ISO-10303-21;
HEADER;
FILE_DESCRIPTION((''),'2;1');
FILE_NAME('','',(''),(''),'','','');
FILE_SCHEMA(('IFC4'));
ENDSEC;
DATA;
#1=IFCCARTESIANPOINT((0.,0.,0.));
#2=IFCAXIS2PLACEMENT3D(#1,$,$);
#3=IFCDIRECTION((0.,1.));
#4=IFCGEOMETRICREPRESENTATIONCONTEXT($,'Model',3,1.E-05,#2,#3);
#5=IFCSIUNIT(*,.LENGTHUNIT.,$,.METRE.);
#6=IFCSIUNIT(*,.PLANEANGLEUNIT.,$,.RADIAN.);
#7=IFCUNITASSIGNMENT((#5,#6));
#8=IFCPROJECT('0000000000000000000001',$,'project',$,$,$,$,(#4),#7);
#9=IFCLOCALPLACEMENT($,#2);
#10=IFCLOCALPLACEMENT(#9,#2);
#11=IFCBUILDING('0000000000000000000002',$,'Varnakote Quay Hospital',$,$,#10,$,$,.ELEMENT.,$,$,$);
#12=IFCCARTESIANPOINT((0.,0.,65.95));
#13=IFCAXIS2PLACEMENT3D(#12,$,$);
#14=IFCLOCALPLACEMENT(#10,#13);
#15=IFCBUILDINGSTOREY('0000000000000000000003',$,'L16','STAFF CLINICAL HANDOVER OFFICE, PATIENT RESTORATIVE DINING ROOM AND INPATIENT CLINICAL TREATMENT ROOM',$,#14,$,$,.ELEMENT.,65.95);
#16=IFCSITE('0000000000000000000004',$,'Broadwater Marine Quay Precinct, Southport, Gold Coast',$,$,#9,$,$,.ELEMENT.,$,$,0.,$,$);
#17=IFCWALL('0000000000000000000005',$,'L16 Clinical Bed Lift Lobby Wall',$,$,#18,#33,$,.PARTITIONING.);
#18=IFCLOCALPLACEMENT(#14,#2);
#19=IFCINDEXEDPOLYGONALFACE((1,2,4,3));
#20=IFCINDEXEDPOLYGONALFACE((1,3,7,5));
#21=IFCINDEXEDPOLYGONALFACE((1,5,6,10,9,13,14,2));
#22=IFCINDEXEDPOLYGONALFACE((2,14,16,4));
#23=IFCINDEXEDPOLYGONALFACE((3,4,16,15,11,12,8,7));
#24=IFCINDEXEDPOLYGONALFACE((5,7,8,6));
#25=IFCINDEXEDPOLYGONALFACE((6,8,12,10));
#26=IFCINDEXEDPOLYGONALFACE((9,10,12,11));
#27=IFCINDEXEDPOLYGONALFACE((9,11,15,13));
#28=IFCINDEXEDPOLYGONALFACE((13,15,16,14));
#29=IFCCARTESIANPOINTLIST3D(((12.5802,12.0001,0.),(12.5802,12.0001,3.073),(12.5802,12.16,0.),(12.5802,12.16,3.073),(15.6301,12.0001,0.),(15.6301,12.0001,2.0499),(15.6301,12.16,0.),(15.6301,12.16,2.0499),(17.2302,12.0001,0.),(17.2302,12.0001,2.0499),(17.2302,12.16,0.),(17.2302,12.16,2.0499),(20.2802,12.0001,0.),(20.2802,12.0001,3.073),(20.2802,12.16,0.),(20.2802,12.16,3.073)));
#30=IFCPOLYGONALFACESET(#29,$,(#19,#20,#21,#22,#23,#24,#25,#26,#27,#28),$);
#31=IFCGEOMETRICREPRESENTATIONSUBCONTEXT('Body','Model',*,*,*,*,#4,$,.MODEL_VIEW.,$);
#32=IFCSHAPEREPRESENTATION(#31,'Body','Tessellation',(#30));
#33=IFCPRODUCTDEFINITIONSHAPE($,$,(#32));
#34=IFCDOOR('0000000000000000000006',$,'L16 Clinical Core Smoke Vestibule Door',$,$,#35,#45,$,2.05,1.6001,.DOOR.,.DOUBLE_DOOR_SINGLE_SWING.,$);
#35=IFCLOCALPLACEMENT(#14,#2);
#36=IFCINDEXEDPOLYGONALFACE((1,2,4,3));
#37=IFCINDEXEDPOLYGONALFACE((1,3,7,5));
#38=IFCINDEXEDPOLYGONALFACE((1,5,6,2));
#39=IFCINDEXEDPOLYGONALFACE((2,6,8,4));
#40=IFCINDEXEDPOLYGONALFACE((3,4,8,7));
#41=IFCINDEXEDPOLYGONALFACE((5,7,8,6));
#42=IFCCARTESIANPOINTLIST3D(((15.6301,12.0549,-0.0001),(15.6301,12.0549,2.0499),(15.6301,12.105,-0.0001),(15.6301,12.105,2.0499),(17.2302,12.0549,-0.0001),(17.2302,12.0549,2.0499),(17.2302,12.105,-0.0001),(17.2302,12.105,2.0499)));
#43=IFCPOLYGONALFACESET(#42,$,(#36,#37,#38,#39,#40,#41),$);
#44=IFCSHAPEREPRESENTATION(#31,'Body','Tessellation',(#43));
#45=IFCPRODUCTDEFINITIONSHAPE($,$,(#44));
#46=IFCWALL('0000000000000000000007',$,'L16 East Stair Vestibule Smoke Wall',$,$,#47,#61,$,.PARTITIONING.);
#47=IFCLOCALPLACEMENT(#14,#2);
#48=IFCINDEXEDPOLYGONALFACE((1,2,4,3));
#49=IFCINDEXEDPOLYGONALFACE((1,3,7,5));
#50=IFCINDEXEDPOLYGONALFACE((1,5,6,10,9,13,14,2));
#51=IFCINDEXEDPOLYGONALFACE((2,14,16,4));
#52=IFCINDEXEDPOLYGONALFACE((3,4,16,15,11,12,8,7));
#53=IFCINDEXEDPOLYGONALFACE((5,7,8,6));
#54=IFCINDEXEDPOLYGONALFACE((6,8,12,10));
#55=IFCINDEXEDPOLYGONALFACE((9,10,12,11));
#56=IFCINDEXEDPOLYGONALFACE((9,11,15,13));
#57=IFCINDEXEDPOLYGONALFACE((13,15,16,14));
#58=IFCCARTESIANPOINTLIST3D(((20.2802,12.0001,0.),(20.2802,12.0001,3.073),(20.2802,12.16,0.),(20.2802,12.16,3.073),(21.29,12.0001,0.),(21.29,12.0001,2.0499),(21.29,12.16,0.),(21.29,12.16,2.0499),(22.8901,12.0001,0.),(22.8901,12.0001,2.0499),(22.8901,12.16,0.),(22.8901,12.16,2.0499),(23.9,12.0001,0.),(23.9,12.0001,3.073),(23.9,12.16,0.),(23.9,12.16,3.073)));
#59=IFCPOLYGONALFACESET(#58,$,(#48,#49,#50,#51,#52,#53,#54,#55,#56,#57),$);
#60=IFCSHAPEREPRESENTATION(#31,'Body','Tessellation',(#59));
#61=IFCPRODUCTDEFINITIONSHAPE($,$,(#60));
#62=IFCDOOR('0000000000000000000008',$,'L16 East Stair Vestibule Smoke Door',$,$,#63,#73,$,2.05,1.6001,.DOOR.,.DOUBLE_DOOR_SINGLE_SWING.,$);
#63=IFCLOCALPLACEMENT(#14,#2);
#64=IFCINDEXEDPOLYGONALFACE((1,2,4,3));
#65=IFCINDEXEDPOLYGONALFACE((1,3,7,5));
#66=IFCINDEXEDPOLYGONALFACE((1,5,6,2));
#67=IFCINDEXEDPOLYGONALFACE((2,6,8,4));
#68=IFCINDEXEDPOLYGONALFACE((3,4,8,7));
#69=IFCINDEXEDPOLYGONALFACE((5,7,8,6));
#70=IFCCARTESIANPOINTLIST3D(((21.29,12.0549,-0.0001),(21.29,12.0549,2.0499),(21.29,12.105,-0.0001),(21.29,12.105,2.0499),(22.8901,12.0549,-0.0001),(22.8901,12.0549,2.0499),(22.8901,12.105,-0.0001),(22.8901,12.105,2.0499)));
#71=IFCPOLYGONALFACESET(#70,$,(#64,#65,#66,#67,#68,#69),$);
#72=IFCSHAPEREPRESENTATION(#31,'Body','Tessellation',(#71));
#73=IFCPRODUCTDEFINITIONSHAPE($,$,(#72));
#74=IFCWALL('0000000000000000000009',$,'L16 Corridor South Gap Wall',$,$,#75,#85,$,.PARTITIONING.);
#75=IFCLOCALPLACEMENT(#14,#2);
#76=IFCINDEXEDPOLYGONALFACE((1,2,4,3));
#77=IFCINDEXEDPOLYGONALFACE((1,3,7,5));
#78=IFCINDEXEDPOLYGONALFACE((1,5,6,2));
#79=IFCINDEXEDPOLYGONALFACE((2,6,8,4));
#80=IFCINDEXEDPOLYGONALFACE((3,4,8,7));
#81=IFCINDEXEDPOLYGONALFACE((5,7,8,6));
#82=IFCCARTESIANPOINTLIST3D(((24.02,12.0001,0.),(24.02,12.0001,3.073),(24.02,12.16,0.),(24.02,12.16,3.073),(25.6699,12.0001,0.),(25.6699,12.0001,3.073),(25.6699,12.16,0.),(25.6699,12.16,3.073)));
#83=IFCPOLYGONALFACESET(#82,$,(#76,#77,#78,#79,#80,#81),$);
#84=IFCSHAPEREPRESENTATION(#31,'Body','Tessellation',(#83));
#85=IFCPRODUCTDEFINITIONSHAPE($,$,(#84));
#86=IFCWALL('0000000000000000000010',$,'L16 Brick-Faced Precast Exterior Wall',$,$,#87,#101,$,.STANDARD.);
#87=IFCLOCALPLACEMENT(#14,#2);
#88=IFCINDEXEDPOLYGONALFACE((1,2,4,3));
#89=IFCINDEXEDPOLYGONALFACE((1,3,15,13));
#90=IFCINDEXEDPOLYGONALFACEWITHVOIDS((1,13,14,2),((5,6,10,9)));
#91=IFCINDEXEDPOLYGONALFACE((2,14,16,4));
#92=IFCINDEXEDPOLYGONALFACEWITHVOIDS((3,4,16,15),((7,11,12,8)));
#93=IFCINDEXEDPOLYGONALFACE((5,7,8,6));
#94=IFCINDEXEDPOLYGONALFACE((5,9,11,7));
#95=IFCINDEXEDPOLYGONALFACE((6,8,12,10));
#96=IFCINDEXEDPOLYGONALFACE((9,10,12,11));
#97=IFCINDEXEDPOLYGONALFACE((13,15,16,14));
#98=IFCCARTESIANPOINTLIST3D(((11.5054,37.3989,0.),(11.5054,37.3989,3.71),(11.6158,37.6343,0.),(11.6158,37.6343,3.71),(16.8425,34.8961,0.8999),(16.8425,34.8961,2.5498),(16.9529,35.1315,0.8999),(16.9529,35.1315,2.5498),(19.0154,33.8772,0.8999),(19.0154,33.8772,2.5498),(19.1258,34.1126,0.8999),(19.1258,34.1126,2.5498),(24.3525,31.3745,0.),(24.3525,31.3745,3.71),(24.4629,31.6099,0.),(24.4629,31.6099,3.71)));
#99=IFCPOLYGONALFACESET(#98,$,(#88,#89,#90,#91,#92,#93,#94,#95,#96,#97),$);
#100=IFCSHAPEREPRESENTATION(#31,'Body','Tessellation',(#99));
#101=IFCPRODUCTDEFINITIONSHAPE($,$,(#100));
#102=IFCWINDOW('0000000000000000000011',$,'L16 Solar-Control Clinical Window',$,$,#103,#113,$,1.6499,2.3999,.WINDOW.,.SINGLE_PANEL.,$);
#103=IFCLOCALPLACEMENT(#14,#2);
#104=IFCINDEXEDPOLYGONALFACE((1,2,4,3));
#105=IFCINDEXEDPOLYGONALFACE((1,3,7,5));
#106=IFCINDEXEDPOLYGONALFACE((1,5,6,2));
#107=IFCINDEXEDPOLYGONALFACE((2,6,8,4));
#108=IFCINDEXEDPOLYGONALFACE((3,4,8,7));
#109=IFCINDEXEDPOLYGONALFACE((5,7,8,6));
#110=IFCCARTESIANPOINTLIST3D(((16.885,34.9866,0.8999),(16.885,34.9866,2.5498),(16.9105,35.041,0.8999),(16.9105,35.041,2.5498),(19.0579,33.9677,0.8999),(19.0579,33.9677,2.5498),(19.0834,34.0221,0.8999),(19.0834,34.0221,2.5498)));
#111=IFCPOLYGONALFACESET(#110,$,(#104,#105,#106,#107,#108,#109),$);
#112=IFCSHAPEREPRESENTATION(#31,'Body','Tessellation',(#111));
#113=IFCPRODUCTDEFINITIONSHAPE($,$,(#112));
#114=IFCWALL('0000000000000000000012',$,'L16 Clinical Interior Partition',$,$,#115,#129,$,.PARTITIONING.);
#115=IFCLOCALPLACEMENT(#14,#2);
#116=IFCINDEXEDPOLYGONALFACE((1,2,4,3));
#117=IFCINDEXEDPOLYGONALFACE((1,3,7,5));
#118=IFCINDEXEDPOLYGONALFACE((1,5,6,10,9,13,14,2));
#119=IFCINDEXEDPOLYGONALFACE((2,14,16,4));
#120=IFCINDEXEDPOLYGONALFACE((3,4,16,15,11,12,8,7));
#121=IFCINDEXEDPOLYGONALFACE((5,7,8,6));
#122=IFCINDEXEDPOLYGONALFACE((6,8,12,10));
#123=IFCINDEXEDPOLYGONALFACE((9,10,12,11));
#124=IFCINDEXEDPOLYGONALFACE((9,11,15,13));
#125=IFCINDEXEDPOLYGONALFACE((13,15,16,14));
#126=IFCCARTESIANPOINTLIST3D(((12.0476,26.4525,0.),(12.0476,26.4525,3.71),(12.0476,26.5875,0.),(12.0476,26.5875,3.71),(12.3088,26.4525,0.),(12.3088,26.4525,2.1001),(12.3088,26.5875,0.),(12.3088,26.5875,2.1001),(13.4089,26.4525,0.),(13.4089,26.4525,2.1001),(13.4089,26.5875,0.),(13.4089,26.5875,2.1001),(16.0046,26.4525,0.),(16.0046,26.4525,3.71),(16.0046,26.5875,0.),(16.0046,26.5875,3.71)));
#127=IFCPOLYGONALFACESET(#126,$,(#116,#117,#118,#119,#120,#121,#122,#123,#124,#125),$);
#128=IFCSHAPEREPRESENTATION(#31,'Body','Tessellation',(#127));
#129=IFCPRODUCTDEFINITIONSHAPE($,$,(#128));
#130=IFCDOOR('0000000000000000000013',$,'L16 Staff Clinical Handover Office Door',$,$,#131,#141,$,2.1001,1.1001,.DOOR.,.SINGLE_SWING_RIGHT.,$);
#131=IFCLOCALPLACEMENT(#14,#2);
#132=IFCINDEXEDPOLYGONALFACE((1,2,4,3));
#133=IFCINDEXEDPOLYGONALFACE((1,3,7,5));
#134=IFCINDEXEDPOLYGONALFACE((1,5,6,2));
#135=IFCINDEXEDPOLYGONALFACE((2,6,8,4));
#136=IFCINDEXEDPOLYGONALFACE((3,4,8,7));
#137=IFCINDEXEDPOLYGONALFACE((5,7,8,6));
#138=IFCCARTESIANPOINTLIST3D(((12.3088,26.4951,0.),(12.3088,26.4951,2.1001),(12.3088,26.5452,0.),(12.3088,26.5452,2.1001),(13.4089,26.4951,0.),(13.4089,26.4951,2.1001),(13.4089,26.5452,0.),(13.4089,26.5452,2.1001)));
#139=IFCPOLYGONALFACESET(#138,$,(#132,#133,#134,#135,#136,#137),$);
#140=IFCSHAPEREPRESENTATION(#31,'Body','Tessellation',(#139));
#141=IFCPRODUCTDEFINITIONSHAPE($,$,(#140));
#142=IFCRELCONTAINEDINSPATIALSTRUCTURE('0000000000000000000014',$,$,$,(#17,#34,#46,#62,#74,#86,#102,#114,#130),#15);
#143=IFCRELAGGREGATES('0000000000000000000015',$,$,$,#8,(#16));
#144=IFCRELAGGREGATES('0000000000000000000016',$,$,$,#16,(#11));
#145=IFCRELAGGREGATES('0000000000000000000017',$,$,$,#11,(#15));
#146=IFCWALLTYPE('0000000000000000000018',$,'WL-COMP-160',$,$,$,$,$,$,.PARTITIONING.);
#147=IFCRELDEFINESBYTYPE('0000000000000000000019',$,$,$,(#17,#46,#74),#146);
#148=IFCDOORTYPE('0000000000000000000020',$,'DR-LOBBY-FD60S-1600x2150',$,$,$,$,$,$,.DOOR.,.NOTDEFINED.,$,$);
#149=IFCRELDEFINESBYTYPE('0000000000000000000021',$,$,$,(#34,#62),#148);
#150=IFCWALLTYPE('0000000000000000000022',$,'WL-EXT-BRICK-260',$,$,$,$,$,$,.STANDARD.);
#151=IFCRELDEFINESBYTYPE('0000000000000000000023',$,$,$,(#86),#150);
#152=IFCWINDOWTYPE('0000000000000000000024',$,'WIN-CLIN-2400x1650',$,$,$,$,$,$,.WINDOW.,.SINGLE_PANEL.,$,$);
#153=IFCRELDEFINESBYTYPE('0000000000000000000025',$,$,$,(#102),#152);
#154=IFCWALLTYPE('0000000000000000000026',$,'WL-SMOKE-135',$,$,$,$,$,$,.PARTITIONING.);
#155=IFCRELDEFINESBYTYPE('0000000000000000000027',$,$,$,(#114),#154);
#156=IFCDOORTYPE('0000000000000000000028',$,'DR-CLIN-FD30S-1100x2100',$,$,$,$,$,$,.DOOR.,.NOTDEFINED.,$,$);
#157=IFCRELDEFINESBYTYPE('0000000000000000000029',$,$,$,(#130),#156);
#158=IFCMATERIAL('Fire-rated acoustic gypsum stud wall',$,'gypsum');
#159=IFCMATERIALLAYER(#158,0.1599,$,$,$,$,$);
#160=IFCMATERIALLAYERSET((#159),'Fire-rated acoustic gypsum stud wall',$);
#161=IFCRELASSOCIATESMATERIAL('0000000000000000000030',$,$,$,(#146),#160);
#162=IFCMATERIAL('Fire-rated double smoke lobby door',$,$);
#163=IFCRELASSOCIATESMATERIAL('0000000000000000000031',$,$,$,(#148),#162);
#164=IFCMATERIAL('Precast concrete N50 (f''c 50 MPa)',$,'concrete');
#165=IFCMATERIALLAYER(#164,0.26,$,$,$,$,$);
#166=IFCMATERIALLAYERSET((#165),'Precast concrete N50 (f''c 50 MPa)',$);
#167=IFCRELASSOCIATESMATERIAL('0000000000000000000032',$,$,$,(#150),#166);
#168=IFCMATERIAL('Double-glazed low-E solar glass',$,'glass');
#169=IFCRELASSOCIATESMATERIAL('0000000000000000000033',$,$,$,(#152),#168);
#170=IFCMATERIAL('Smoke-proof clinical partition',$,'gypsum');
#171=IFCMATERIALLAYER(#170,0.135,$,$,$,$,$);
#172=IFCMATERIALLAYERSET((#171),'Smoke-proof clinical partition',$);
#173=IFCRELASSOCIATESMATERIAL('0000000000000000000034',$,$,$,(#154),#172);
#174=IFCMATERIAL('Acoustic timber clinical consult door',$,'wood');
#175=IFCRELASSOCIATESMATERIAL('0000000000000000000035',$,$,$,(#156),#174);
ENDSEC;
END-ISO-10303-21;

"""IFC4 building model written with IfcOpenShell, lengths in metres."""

from ifc_helpers import new_model, si_unit, direction, frame, frame_2d, origin, place, context, subcontext, project, spatial, rectangle, extrude, material, layer, layer_set, type_object, element, fill, save


model = new_model("IFC4")

# Units and contexts
model_context = context("Model", 3, precision=1e-05, world=origin(), true_north=direction((0.0, 1.0)))
body_context = subcontext(model_context, "Body", "Model", "MODEL_VIEW")
ifc_project = project(units=[si_unit("LENGTHUNIT", "METRE"), si_unit("PLANEANGLEUNIT", "RADIAN")], contexts=[model_context])

# Site, building, storey
site_placement = place(None, origin())
site = spatial("IfcSite", under=ifc_project, at=site_placement, Name="Broadwater Marine Quay Precinct, Southport, Gold Coast", CompositionType="ELEMENT", RefElevation=0.0)
building_placement = place(site_placement, origin())
building = spatial("IfcBuilding", under=site, at=building_placement, Name="Varnakote Quay Hospital", CompositionType="ELEMENT")
storey_placement = place(building_placement, frame((0.0, 0.0, 65.95)))
storey = spatial("IfcBuildingStorey", under=building, at=storey_placement, Name="L16", Description="STAFF CLINICAL HANDOVER OFFICE, PATIENT RESTORATIVE DINING ROOM AND INPATIENT CLINICAL TREATMENT ROOM", CompositionType="ELEMENT", Elevation=65.95)

# Walls, openings, doors
ifc_material_1 = material(Name="Fire-rated acoustic gypsum stud wall", Category="gypsum")
ifc_layer_1 = layer(ifc_material_1, 0.1599)
ifc_layer_set_1 = layer_set([ifc_layer_1], Name="Fire-rated acoustic gypsum stud wall")
wall_type_1 = type_object("IfcWallType", Name="WL-COMP-160", PredefinedType="PARTITIONING", material=ifc_layer_set_1)
wall_1_placement = place(storey_placement, frame((12.5801, 12.0801, 0.0), z_axis=(0.0, 0.0, 1.0), x_axis=(1.0, 0.0, 0.0)))
wall_1 = element("IfcWall", 1, at=wall_1_placement, inside=storey, type_object=wall_type_1, Name="L16 Clinical Bed Lift Lobby Wall", PredefinedType="PARTITIONING", context=body_context, shape_type="SweptSolid", body=[
    extrude(rectangle(XDim=7.7, YDim=0.1599, at=frame_2d((3.8501, 0.0))), origin(), (0.0, 0.0, 1.0), 3.073),
])
opening_1_placement = place(wall_1_placement, frame((3.05, 0.0, 0.0)))
opening_1 = element("IfcOpeningElement", 2, at=opening_1_placement, cuts=wall_1, PredefinedType="OPENING", context=body_context, shape_type="SweptSolid", body=[
    extrude(rectangle(XDim=1.6001, YDim=2.05, at=frame_2d((0.8, 1.0249))), frame((0.0, 0.0898, 0.0), z_axis=(0.0, -1.0, 0.0), x_axis=(1.0, 0.0, 0.0)), (0.0, 0.0, 1.0), 0.1799),
])
ifc_material_2 = material(Name="Fire-rated double smoke lobby door")
door_type_1 = type_object("IfcDoorType", Name="DR-LOBBY-FD60S-1600x2150", OperationType="NOTDEFINED", PredefinedType="DOOR", material=ifc_material_2)
door_1_placement = place(opening_1_placement, origin())
door_1 = element("IfcDoor", 3, at=door_1_placement, inside=storey, type_object=door_type_1, Name="L16 Clinical Core Smoke Vestibule Door", OperationType="DOUBLE_DOOR_SINGLE_SWING", OverallHeight=2.05, OverallWidth=1.6001, PredefinedType="DOOR", context=body_context, shape_type="SweptSolid", body=[
    extrude(rectangle(XDim=1.6001, YDim=2.05, at=frame_2d((0.8, 1.0249))), frame((0.0, 0.0249, 0.0), z_axis=(0.0, -1.0, 0.0), x_axis=(1.0, 0.0, 0.0)), (0.0, 0.0, 1.0), 0.05),
])
fill(opening_1, door_1)
wall_2_placement = place(storey_placement, frame((20.28, 12.0801, 0.0), z_axis=(0.0, 0.0, 1.0), x_axis=(1.0, 0.0, 0.0)))
wall_2 = element("IfcWall", 4, at=wall_2_placement, inside=storey, type_object=wall_type_1, Name="L16 East Stair Vestibule Smoke Wall", PredefinedType="PARTITIONING", context=body_context, shape_type="SweptSolid", body=[
    extrude(rectangle(XDim=3.6199, YDim=0.1599, at=frame_2d((1.8101, 0.0))), origin(), (0.0, 0.0, 1.0), 3.073),
])
opening_2_placement = place(wall_2_placement, frame((1.01, 0.0, 0.0)))
opening_2 = element("IfcOpeningElement", 5, at=opening_2_placement, cuts=wall_2, PredefinedType="OPENING", context=body_context, shape_type="SweptSolid", body=[
    extrude(rectangle(XDim=1.6001, YDim=2.05, at=frame_2d((0.8, 1.0249))), frame((0.0, 0.0898, 0.0), z_axis=(0.0, -1.0, 0.0), x_axis=(1.0, 0.0, 0.0)), (0.0, 0.0, 1.0), 0.1799),
])
door_2_placement = place(opening_2_placement, origin())
door_2 = element("IfcDoor", 6, at=door_2_placement, inside=storey, type_object=door_type_1, Name="L16 East Stair Vestibule Smoke Door", OperationType="DOUBLE_DOOR_SINGLE_SWING", OverallHeight=2.05, OverallWidth=1.6001, PredefinedType="DOOR", context=body_context, shape_type="SweptSolid", body=[
    extrude(rectangle(XDim=1.6001, YDim=2.05, at=frame_2d((0.8, 1.0249))), frame((0.0, 0.0249, 0.0), z_axis=(0.0, -1.0, 0.0), x_axis=(1.0, 0.0, 0.0)), (0.0, 0.0, 1.0), 0.05),
])
fill(opening_2, door_2)

# Wall
wall_3_placement = place(storey_placement, frame((24.02, 12.0801, 0.0), z_axis=(0.0, 0.0, 1.0), x_axis=(1.0, 0.0, 0.0)))
element("IfcWall", 7, at=wall_3_placement, inside=storey, type_object=wall_type_1, Name="L16 Corridor South Gap Wall", PredefinedType="PARTITIONING", context=body_context, shape_type="SweptSolid", body=[
    extrude(rectangle(XDim=1.6499, YDim=0.1599, at=frame_2d((0.825, 0.0))), origin(), (0.0, 0.0, 1.0), 3.073),
])

# Wall, opening, window
ifc_material_3 = material(Name="Precast concrete N50 (f'c 50 MPa)", Category="concrete")
ifc_layer_2 = layer(ifc_material_3, 0.26)
ifc_layer_set_2 = layer_set([ifc_layer_2], Name="Precast concrete N50 (f'c 50 MPa)")
wall_type_2 = type_object("IfcWallType", Name="WL-EXT-BRICK-260", PredefinedType="STANDARD", material=ifc_layer_set_2)
wall_4_placement = place(storey_placement, frame((24.4077, 31.4922, 0.0), z_axis=(0.0, 0.0, 1.0), x_axis=(-0.905397, 0.424567, 0.0)))
wall_4 = element("IfcWall", 8, at=wall_4_placement, inside=storey, type_object=wall_type_2, Name="L16 Brick-Faced Precast Exterior Wall", PredefinedType="STANDARD", context=body_context, shape_type="SweptSolid", body=[
    extrude(rectangle(XDim=14.1895, YDim=0.26, at=frame_2d((7.0947, 0.0))), origin(), (0.0, 0.0, 1.0), 3.71),
])
opening_3_placement = place(wall_4_placement, frame((5.8948, 0.0, 0.8999)))
opening_3 = element("IfcOpeningElement", 9, at=opening_3_placement, cuts=wall_4, PredefinedType="OPENING", context=body_context, shape_type="SweptSolid", body=[
    extrude(rectangle(XDim=2.3999, YDim=1.6499, at=frame_2d((1.2, 0.825))), frame((0.0, 0.1399, 0.0), z_axis=(0.0, -1.0, 0.0), x_axis=(1.0, 0.0, 0.0)), (0.0, 0.0, 1.0), 0.28),
])
ifc_material_4 = material(Name="Double-glazed low-E solar glass", Category="glass")
window_type = type_object("IfcWindowType", Name="WIN-CLIN-2400x1650", PartitioningType="SINGLE_PANEL", PredefinedType="WINDOW", material=ifc_material_4)
window_placement = place(opening_3_placement, origin())
window = element("IfcWindow", 10, at=window_placement, inside=storey, type_object=window_type, Name="L16 Solar-Control Clinical Window", OverallHeight=1.6499, OverallWidth=2.3999, PartitioningType="SINGLE_PANEL", PredefinedType="WINDOW", context=body_context, shape_type="SweptSolid", body=[
    extrude(rectangle(XDim=2.3999, YDim=1.6499, at=frame_2d((1.2, 0.825))), frame((0.0, 0.03, 0.0), z_axis=(0.0, -1.0, 0.0), x_axis=(1.0, 0.0, 0.0)), (0.0, 0.0, 1.0), 0.0601),
])
fill(opening_3, window)

# Wall, opening, door
ifc_material_5 = material(Name="Smoke-proof clinical partition", Category="gypsum")
ifc_layer_3 = layer(ifc_material_5, 0.135)
ifc_layer_set_3 = layer_set([ifc_layer_3], Name="Smoke-proof clinical partition")
wall_type_3 = type_object("IfcWallType", Name="WL-SMOKE-135", PredefinedType="PARTITIONING", material=ifc_layer_set_3)
wall_5_placement = place(storey_placement, frame((16.0046, 26.52, 0.0), z_axis=(0.0, 0.0, 1.0), x_axis=(-1.0, 0.0, 0.0)))
wall_5 = element("IfcWall", 11, at=wall_5_placement, inside=storey, type_object=wall_type_3, Name="L16 Clinical Interior Partition", PredefinedType="PARTITIONING", context=body_context, shape_type="SweptSolid", body=[
    extrude(rectangle(XDim=3.957, YDim=0.135, at=frame_2d((1.9785, 0.0))), origin(), (0.0, 0.0, 1.0), 3.71),
])
opening_4_placement = place(wall_5_placement, frame((2.5957, 0.0, 0.0)))
opening_4 = element("IfcOpeningElement", 12, at=opening_4_placement, cuts=wall_5, PredefinedType="OPENING", context=body_context, shape_type="SweptSolid", body=[
    extrude(rectangle(XDim=1.1001, YDim=2.1001, at=frame_2d((0.55, 1.05))), frame((0.0, 0.0774, 0.0), z_axis=(0.0, -1.0, 0.0), x_axis=(1.0, 0.0, 0.0)), (0.0, 0.0, 1.0), 0.155),
])
ifc_material_6 = material(Name="Acoustic timber clinical consult door", Category="wood")
door_type_2 = type_object("IfcDoorType", Name="DR-CLIN-FD30S-1100x2100", OperationType="NOTDEFINED", PredefinedType="DOOR", material=ifc_material_6)
door_3_placement = place(opening_4_placement, origin())
door_3 = element("IfcDoor", 13, at=door_3_placement, inside=storey, type_object=door_type_2, Name="L16 Staff Clinical Handover Office Door", OperationType="SINGLE_SWING_RIGHT", OverallHeight=2.1001, OverallWidth=1.1001, PredefinedType="DOOR", context=body_context, shape_type="SweptSolid", body=[
    extrude(rectangle(XDim=1.1001, YDim=2.1001, at=frame_2d((0.55, 1.05))), frame((0.0, 0.0249, 0.0), z_axis=(0.0, -1.0, 0.0), x_axis=(1.0, 0.0, 0.0)), (0.0, 0.0, 1.0), 0.05),
])
fill(opening_4, door_3)

save(model, "model.ifc")
